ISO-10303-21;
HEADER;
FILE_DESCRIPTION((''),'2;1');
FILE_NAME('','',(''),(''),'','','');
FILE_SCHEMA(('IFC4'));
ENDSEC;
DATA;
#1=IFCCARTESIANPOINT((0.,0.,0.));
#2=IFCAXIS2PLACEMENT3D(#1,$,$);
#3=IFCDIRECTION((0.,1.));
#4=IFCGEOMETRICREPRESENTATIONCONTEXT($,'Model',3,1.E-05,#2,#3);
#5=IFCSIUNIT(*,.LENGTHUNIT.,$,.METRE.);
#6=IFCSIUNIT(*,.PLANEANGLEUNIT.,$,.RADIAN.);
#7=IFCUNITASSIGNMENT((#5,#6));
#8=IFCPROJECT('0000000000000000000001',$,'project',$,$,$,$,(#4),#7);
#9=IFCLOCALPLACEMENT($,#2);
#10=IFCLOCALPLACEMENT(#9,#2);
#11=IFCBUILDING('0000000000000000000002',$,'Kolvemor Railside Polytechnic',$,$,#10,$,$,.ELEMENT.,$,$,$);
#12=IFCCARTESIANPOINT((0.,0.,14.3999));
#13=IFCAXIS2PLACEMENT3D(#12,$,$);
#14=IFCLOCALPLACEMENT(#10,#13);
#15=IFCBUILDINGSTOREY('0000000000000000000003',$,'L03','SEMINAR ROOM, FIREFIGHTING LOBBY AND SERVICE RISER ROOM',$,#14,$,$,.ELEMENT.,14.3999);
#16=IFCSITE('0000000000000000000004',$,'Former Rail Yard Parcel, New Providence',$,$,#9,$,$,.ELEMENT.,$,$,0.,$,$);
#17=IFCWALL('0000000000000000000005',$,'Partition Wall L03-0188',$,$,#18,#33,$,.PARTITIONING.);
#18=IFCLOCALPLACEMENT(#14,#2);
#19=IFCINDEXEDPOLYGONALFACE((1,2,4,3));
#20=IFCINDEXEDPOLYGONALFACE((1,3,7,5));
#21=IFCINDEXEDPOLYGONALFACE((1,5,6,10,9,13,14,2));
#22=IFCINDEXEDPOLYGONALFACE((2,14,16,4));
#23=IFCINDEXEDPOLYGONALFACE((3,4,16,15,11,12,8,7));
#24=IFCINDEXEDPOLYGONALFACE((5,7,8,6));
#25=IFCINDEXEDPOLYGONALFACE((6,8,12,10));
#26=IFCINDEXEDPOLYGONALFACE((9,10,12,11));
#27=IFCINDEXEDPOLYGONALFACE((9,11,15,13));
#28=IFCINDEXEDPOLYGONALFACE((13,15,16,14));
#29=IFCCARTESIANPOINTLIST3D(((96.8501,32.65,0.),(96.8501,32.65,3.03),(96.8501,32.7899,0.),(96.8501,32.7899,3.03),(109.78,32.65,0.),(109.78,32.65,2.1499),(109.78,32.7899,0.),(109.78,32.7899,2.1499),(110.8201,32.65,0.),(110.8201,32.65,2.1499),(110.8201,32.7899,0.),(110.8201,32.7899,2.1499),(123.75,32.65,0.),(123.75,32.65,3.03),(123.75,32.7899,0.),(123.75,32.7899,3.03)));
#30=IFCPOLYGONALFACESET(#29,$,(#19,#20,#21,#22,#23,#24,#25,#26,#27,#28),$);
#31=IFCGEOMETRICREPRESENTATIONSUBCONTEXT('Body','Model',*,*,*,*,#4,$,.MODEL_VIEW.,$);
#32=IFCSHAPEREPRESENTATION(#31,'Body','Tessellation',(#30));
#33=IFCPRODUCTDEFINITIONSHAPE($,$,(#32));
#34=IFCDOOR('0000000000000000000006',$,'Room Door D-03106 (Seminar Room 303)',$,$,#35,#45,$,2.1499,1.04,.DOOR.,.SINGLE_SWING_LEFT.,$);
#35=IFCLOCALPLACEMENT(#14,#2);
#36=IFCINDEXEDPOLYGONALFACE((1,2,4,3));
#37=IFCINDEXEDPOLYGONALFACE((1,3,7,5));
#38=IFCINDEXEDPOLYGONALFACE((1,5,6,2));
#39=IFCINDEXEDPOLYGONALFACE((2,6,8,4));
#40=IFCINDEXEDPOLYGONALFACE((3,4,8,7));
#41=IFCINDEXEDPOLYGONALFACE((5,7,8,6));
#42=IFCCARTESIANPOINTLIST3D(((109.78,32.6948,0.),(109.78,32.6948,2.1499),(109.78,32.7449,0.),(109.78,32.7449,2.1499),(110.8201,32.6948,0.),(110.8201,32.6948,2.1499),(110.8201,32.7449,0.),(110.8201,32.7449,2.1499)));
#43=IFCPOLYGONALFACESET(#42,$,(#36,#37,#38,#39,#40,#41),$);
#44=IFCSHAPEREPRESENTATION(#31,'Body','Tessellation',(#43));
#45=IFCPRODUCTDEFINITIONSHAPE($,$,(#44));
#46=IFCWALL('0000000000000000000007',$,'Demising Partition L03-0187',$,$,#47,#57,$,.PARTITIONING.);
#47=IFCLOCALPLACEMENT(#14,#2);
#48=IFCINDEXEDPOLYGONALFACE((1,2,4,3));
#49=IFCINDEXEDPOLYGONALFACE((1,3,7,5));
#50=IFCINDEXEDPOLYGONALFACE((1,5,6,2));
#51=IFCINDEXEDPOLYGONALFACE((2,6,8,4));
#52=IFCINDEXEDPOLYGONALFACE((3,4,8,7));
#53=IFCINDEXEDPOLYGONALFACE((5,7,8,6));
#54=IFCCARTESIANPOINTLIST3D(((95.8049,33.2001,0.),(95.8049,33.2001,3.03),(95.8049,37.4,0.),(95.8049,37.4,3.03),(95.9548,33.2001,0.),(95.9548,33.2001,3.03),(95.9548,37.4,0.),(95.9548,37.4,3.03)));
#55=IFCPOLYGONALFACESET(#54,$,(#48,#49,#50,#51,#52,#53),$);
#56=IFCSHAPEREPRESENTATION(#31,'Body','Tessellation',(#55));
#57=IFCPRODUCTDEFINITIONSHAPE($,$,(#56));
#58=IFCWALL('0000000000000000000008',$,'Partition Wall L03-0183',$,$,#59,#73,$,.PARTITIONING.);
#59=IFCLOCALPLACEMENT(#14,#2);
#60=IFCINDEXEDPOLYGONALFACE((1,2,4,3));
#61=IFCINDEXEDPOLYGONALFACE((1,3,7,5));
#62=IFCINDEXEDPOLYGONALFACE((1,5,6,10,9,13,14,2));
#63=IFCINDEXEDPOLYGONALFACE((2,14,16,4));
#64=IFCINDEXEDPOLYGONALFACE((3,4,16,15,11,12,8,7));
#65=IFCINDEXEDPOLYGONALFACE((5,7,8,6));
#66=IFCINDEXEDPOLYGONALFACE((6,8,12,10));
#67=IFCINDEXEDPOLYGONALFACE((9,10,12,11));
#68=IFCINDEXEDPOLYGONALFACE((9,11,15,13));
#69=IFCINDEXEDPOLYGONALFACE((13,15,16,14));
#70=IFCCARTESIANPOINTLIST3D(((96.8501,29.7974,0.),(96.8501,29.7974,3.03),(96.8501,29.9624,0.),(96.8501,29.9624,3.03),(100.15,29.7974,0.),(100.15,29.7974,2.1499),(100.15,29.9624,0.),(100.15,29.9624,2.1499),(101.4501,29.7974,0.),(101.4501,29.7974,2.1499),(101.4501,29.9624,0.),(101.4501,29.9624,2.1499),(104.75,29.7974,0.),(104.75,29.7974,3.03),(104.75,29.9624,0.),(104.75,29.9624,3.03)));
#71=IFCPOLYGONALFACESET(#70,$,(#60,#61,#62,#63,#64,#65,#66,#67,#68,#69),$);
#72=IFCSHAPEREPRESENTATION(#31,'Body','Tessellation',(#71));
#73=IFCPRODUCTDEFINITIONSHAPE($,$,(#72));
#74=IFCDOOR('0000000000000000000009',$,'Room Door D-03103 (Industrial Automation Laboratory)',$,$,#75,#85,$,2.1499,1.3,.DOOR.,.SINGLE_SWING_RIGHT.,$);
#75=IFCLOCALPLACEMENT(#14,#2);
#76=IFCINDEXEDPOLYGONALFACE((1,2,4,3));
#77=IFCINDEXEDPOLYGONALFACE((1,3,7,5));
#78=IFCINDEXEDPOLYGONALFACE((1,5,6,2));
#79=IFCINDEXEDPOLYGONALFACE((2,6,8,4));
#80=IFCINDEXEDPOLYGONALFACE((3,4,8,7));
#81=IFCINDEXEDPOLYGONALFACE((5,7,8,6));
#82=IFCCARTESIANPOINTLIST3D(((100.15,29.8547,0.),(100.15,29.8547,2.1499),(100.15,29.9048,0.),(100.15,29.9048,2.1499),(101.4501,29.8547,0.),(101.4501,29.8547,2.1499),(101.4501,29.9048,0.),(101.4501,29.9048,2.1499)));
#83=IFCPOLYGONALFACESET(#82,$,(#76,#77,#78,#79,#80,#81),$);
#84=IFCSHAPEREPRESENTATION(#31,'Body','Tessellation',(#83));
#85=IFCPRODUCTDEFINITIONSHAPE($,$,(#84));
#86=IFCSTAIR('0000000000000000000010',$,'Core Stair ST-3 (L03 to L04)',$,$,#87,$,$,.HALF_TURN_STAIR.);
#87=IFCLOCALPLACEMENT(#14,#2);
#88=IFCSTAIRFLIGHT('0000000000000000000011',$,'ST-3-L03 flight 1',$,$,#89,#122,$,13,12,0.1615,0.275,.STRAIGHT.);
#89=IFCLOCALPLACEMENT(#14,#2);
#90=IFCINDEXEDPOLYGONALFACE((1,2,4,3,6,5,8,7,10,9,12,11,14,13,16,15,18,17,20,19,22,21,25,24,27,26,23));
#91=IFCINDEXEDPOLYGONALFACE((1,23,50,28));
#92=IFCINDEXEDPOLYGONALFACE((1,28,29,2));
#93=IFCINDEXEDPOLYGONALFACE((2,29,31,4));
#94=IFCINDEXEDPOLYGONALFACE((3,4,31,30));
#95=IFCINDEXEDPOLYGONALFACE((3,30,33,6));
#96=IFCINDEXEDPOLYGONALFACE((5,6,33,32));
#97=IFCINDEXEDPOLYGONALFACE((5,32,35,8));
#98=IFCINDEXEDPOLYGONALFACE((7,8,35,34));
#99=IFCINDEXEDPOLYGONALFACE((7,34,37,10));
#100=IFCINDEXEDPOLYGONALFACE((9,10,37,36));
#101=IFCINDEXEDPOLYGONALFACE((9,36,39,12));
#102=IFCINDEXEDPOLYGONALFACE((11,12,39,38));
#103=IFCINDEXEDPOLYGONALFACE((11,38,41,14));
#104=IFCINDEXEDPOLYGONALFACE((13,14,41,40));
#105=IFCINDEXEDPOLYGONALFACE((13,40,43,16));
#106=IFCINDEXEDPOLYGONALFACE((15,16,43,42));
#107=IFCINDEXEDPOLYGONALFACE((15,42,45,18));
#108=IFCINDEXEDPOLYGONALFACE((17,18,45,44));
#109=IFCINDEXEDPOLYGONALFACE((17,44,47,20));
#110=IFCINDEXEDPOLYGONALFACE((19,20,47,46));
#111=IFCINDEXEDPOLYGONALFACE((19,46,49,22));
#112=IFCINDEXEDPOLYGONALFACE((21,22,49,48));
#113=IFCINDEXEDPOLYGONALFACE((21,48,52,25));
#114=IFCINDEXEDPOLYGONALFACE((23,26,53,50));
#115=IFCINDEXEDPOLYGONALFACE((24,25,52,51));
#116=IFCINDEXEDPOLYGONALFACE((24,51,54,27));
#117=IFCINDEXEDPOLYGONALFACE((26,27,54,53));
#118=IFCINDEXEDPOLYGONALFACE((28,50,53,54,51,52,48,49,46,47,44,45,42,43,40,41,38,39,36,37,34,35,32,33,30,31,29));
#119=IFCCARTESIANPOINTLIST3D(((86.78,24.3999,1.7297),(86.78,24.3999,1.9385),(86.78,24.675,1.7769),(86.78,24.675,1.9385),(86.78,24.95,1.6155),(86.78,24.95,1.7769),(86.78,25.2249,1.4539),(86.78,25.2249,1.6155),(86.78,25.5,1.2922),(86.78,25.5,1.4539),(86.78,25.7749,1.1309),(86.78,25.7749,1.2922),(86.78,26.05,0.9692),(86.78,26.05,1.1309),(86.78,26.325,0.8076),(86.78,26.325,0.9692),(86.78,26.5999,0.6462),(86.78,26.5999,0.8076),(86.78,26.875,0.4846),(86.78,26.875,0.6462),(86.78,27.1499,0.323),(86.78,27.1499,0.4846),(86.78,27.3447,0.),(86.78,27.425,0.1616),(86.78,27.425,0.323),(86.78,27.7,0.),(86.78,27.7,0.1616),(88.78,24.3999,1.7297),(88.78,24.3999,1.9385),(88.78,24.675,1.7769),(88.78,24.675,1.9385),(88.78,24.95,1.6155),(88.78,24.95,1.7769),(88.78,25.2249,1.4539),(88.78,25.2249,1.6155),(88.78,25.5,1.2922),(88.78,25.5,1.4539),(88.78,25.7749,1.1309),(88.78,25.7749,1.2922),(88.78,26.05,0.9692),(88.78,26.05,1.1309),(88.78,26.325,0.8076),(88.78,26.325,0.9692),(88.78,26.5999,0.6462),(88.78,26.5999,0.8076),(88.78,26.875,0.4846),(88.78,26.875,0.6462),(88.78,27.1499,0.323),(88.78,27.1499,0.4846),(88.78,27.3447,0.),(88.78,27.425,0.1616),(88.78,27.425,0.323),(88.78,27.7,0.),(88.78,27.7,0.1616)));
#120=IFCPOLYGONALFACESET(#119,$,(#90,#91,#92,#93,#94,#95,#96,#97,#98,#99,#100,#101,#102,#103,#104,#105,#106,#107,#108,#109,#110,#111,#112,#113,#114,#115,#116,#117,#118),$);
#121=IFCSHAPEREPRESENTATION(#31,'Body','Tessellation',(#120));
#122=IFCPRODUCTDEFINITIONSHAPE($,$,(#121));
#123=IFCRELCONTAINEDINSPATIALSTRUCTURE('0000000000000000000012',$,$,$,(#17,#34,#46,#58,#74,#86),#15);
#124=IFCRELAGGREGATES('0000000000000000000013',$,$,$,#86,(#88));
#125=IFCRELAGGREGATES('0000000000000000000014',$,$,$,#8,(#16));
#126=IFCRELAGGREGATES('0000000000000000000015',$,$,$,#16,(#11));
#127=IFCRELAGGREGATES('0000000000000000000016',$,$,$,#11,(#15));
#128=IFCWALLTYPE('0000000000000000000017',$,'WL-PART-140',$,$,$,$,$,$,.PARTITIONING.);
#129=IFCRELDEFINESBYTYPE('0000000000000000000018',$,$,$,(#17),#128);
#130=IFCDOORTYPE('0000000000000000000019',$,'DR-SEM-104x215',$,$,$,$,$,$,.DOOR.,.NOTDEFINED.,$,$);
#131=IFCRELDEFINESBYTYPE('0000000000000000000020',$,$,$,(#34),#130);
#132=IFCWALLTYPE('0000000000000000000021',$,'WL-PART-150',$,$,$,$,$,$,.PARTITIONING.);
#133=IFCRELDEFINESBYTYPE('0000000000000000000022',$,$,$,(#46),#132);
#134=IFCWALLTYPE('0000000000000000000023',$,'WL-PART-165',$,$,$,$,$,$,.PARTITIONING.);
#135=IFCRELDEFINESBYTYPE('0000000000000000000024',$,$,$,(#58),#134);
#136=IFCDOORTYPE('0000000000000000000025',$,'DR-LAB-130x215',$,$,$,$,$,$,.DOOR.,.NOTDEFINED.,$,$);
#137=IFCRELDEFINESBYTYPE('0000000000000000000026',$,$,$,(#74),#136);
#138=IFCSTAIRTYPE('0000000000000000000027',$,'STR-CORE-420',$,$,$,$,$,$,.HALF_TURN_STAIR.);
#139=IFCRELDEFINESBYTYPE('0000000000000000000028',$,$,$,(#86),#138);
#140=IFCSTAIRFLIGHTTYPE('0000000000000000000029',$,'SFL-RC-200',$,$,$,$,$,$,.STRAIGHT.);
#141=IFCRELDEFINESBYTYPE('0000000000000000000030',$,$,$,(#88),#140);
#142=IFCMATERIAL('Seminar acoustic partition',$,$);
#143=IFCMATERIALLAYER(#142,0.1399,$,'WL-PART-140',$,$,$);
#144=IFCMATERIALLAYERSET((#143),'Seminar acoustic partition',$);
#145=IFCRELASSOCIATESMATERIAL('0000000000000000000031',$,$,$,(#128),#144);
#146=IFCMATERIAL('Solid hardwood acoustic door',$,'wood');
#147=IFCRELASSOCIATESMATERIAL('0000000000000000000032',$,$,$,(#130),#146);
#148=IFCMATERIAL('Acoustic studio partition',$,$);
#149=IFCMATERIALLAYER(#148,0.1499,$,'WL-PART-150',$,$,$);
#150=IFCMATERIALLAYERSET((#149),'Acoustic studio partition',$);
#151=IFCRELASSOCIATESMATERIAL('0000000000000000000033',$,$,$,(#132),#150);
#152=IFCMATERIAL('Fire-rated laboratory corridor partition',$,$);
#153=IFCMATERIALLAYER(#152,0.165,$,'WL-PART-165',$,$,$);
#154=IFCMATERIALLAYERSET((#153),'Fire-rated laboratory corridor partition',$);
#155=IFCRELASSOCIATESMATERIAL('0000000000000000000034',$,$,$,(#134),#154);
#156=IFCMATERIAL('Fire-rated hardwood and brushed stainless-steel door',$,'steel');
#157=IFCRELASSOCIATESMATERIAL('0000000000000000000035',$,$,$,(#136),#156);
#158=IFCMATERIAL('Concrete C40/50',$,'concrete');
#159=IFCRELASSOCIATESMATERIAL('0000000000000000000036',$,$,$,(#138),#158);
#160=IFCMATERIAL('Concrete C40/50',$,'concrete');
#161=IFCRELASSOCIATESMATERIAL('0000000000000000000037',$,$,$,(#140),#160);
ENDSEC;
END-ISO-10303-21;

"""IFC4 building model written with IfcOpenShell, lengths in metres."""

from ifc_helpers import new_model, si_unit, direction, frame, frame_2d, origin, place, context, subcontext, project, spatial, polyline, rectangle, outline, extrude, material, layer, layer_set, type_object, element, fill, aggregate, save


model = new_model("IFC4")

# Units and contexts
model_context = context("Model", 3, precision=1e-05, world=origin(), true_north=direction((0.0, 1.0)))
body_context = subcontext(model_context, "Body", "Model", "MODEL_VIEW")
ifc_project = project(units=[si_unit("LENGTHUNIT", "METRE"), si_unit("PLANEANGLEUNIT", "RADIAN")], contexts=[model_context])

# Site, building, storey
site_placement = place(None, origin())
site = spatial("IfcSite", under=ifc_project, at=site_placement, Name="Former Rail Yard Parcel, New Providence", CompositionType="ELEMENT", RefElevation=0.0)
building_placement = place(site_placement, origin())
building = spatial("IfcBuilding", under=site, at=building_placement, Name="Kolvemor Railside Polytechnic", CompositionType="ELEMENT")
storey_placement = place(building_placement, frame((0.0, 0.0, 14.3999)))
storey = spatial("IfcBuildingStorey", under=building, at=storey_placement, Name="L03", Description="SEMINAR ROOM, FIREFIGHTING LOBBY AND SERVICE RISER ROOM", CompositionType="ELEMENT", Elevation=14.3999)

# Wall, opening, door
ifc_material_1 = material(Name="Seminar acoustic partition")
ifc_layer_1 = layer(ifc_material_1, 0.1399, Name="WL-PART-140")
ifc_layer_set_1 = layer_set([ifc_layer_1], Name="Seminar acoustic partition")
wall_type_1 = type_object("IfcWallType", Name="WL-PART-140", PredefinedType="PARTITIONING", material=ifc_layer_set_1)
wall_1_placement = place(storey_placement, frame((96.8501, 32.72, 0.0), z_axis=(0.0, 0.0, 1.0), x_axis=(1.0, 0.0, 0.0)))
wall_1 = element("IfcWall", 1, at=wall_1_placement, inside=storey, type_object=wall_type_1, Name="Partition Wall L03-0188", PredefinedType="PARTITIONING", context=body_context, shape_type="SweptSolid", body=[
    extrude(rectangle(XDim=26.8999, YDim=0.1399, at=frame_2d((13.45, 0.0))), origin(), (0.0, 0.0, 1.0), 3.03),
])
opening_1_placement = place(wall_1_placement, frame((12.9299, 0.0, 0.0)))
opening_1 = element("IfcOpeningElement", 2, at=opening_1_placement, cuts=wall_1, PredefinedType="OPENING", context=body_context, shape_type="SweptSolid", body=[
    extrude(rectangle(XDim=1.04, YDim=2.1499, at=frame_2d((0.52, 1.075))), frame((0.0, 0.0798, 0.0), z_axis=(0.0, -1.0, 0.0), x_axis=(1.0, 0.0, 0.0)), (0.0, 0.0, 1.0), 0.1599),
])
ifc_material_2 = material(Name="Solid hardwood acoustic door", Category="wood")
door_type_1 = type_object("IfcDoorType", Name="DR-SEM-104x215", OperationType="NOTDEFINED", PredefinedType="DOOR", material=ifc_material_2)
door_1_placement = place(opening_1_placement, origin())
door_1 = element("IfcDoor", 3, at=door_1_placement, inside=storey, type_object=door_type_1, Name="Room Door D-03106 (Seminar Room 303)", OperationType="SINGLE_SWING_LEFT", OverallHeight=2.1499, OverallWidth=1.04, PredefinedType="DOOR", context=body_context, shape_type="SweptSolid", body=[
    extrude(rectangle(XDim=1.04, YDim=2.1499, at=frame_2d((0.52, 1.075))), frame((0.0, 0.0249, 0.0), z_axis=(0.0, -1.0, 0.0), x_axis=(1.0, 0.0, 0.0)), (0.0, 0.0, 1.0), 0.05),
])
fill(opening_1, door_1)

# Wall
ifc_material_3 = material(Name="Acoustic studio partition")
ifc_layer_2 = layer(ifc_material_3, 0.1499, Name="WL-PART-150")
ifc_layer_set_2 = layer_set([ifc_layer_2], Name="Acoustic studio partition")
wall_type_2 = type_object("IfcWallType", Name="WL-PART-150", PredefinedType="PARTITIONING", material=ifc_layer_set_2)
wall_2_placement = place(storey_placement, frame((95.8799, 33.2, 0.0), z_axis=(0.0, 0.0, 1.0), x_axis=(0.0, 1.0, 0.0)))
element("IfcWall", 4, at=wall_2_placement, inside=storey, type_object=wall_type_2, Name="Demising Partition L03-0187", PredefinedType="PARTITIONING", context=body_context, shape_type="SweptSolid", body=[
    extrude(rectangle(XDim=4.2, YDim=0.1499, at=frame_2d((2.1001, 0.0))), origin(), (0.0, 0.0, 1.0), 3.03),
])

# Wall, opening, door
ifc_material_4 = material(Name="Fire-rated laboratory corridor partition")
ifc_layer_3 = layer(ifc_material_4, 0.165, Name="WL-PART-165")
ifc_layer_set_3 = layer_set([ifc_layer_3], Name="Fire-rated laboratory corridor partition")
wall_type_3 = type_object("IfcWallType", Name="WL-PART-165", PredefinedType="PARTITIONING", material=ifc_layer_set_3)
ifc_material_5 = material(Name="Fire-rated hardwood and brushed stainless-steel door", Category="steel")
door_type_2 = type_object("IfcDoorType", Name="DR-LAB-130x215", OperationType="NOTDEFINED", PredefinedType="DOOR", material=ifc_material_5)
wall_3_placement = place(storey_placement, frame((96.8501, 29.8799, 0.0), z_axis=(0.0, 0.0, 1.0), x_axis=(1.0, 0.0, 0.0)))
wall_3 = element("IfcWall", 5, at=wall_3_placement, inside=storey, type_object=wall_type_3, Name="Partition Wall L03-0183", PredefinedType="PARTITIONING", context=body_context, shape_type="SweptSolid", body=[
    extrude(rectangle(XDim=7.8999, YDim=0.165, at=frame_2d((3.95, 0.0))), origin(), (0.0, 0.0, 1.0), 3.03),
])
opening_2_placement = place(wall_3_placement, frame((3.3, 0.0, 0.0)))
opening_2 = element("IfcOpeningElement", 6, at=opening_2_placement, cuts=wall_3, PredefinedType="OPENING", context=body_context, shape_type="SweptSolid", body=[
    extrude(rectangle(XDim=1.3, YDim=2.1499, at=frame_2d((0.6499, 1.075))), frame((0.0, 0.0925, 0.0), z_axis=(0.0, -1.0, 0.0), x_axis=(1.0, 0.0, 0.0)), (0.0, 0.0, 1.0), 0.1851),
])
door_2_placement = place(opening_2_placement, origin())
door_2 = element("IfcDoor", 7, at=door_2_placement, inside=storey, type_object=door_type_2, Name="Room Door D-03103 (Industrial Automation Laboratory)", OperationType="SINGLE_SWING_RIGHT", OverallHeight=2.1499, OverallWidth=1.3, PredefinedType="DOOR", context=body_context, shape_type="SweptSolid", body=[
    extrude(rectangle(XDim=1.3, YDim=2.1499, at=frame_2d((0.6499, 1.075))), frame((0.0, 0.0249, 0.0), z_axis=(0.0, -1.0, 0.0), x_axis=(1.0, 0.0, 0.0)), (0.0, 0.0, 1.0), 0.05),
])
fill(opening_2, door_2)

# Stair, stair flight
ifc_material_6 = material(Name="Concrete C40/50", Category="concrete")
stair_type = type_object("IfcStairType", Name="STR-CORE-420", PredefinedType="HALF_TURN_STAIR", material=ifc_material_6)
stair_placement = place(storey_placement, origin())
stair = element("IfcStair", 8, at=stair_placement, inside=storey, type_object=stair_type, Name="Core Stair ST-3 (L03 to L04)", PredefinedType="HALF_TURN_STAIR")
ifc_material_7 = material(Name="Concrete C40/50", Category="concrete")
stair_flight_type = type_object("IfcStairFlightType", Name="SFL-RC-200", PredefinedType="STRAIGHT", material=ifc_material_7)
stair_flight_placement = place(storey_placement, frame((87.78, 27.7, 0.0), z_axis=(0.0, 0.0, 1.0), x_axis=(0.0, -1.0, 0.0)))
stair_flight = element("IfcStairFlight", 9, at=stair_flight_placement, type_object=stair_flight_type, Name="ST-3-L03 flight 1", NumberOfRisers=13, NumberOfTreads=12, PredefinedType="STRAIGHT", RiserHeight=0.1615, TreadLength=0.275, context=body_context, shape_type="SweptSolid", body=[
    extrude(outline(polyline([(0.0, 0.0), (0.0, 0.1616), (0.2749, 0.1616), (0.2749, 0.323), (0.55, 0.323), (0.55, 0.4846), (0.825, 0.4846), (0.825, 0.6462), (1.1001, 0.6462), (1.1001, 0.8076), (1.375, 0.8076), (1.375, 0.9692), (1.6499, 0.9692), (1.6499, 1.1309), (1.925, 1.1309), (1.925, 1.2922), (2.2, 1.2922), (2.2, 1.4539), (2.4751, 1.4539), (2.4751, 1.6155), (2.75, 1.6155), (2.75, 1.7769), (3.0249, 1.7769), (3.0249, 1.9385), (3.3, 1.9385), (3.3, 2.1001), (3.3, 1.7297), (0.3552, 0.0), (0.0, 0.0)])), frame((0.0, 1.0, 0.0), z_axis=(0.0, -1.0, 0.0), x_axis=(1.0, 0.0, 0.0)), (0.0, 0.0, 1.0), 2.0),
])
aggregate(stair, [stair_flight])

save(model, "model.ifc")
